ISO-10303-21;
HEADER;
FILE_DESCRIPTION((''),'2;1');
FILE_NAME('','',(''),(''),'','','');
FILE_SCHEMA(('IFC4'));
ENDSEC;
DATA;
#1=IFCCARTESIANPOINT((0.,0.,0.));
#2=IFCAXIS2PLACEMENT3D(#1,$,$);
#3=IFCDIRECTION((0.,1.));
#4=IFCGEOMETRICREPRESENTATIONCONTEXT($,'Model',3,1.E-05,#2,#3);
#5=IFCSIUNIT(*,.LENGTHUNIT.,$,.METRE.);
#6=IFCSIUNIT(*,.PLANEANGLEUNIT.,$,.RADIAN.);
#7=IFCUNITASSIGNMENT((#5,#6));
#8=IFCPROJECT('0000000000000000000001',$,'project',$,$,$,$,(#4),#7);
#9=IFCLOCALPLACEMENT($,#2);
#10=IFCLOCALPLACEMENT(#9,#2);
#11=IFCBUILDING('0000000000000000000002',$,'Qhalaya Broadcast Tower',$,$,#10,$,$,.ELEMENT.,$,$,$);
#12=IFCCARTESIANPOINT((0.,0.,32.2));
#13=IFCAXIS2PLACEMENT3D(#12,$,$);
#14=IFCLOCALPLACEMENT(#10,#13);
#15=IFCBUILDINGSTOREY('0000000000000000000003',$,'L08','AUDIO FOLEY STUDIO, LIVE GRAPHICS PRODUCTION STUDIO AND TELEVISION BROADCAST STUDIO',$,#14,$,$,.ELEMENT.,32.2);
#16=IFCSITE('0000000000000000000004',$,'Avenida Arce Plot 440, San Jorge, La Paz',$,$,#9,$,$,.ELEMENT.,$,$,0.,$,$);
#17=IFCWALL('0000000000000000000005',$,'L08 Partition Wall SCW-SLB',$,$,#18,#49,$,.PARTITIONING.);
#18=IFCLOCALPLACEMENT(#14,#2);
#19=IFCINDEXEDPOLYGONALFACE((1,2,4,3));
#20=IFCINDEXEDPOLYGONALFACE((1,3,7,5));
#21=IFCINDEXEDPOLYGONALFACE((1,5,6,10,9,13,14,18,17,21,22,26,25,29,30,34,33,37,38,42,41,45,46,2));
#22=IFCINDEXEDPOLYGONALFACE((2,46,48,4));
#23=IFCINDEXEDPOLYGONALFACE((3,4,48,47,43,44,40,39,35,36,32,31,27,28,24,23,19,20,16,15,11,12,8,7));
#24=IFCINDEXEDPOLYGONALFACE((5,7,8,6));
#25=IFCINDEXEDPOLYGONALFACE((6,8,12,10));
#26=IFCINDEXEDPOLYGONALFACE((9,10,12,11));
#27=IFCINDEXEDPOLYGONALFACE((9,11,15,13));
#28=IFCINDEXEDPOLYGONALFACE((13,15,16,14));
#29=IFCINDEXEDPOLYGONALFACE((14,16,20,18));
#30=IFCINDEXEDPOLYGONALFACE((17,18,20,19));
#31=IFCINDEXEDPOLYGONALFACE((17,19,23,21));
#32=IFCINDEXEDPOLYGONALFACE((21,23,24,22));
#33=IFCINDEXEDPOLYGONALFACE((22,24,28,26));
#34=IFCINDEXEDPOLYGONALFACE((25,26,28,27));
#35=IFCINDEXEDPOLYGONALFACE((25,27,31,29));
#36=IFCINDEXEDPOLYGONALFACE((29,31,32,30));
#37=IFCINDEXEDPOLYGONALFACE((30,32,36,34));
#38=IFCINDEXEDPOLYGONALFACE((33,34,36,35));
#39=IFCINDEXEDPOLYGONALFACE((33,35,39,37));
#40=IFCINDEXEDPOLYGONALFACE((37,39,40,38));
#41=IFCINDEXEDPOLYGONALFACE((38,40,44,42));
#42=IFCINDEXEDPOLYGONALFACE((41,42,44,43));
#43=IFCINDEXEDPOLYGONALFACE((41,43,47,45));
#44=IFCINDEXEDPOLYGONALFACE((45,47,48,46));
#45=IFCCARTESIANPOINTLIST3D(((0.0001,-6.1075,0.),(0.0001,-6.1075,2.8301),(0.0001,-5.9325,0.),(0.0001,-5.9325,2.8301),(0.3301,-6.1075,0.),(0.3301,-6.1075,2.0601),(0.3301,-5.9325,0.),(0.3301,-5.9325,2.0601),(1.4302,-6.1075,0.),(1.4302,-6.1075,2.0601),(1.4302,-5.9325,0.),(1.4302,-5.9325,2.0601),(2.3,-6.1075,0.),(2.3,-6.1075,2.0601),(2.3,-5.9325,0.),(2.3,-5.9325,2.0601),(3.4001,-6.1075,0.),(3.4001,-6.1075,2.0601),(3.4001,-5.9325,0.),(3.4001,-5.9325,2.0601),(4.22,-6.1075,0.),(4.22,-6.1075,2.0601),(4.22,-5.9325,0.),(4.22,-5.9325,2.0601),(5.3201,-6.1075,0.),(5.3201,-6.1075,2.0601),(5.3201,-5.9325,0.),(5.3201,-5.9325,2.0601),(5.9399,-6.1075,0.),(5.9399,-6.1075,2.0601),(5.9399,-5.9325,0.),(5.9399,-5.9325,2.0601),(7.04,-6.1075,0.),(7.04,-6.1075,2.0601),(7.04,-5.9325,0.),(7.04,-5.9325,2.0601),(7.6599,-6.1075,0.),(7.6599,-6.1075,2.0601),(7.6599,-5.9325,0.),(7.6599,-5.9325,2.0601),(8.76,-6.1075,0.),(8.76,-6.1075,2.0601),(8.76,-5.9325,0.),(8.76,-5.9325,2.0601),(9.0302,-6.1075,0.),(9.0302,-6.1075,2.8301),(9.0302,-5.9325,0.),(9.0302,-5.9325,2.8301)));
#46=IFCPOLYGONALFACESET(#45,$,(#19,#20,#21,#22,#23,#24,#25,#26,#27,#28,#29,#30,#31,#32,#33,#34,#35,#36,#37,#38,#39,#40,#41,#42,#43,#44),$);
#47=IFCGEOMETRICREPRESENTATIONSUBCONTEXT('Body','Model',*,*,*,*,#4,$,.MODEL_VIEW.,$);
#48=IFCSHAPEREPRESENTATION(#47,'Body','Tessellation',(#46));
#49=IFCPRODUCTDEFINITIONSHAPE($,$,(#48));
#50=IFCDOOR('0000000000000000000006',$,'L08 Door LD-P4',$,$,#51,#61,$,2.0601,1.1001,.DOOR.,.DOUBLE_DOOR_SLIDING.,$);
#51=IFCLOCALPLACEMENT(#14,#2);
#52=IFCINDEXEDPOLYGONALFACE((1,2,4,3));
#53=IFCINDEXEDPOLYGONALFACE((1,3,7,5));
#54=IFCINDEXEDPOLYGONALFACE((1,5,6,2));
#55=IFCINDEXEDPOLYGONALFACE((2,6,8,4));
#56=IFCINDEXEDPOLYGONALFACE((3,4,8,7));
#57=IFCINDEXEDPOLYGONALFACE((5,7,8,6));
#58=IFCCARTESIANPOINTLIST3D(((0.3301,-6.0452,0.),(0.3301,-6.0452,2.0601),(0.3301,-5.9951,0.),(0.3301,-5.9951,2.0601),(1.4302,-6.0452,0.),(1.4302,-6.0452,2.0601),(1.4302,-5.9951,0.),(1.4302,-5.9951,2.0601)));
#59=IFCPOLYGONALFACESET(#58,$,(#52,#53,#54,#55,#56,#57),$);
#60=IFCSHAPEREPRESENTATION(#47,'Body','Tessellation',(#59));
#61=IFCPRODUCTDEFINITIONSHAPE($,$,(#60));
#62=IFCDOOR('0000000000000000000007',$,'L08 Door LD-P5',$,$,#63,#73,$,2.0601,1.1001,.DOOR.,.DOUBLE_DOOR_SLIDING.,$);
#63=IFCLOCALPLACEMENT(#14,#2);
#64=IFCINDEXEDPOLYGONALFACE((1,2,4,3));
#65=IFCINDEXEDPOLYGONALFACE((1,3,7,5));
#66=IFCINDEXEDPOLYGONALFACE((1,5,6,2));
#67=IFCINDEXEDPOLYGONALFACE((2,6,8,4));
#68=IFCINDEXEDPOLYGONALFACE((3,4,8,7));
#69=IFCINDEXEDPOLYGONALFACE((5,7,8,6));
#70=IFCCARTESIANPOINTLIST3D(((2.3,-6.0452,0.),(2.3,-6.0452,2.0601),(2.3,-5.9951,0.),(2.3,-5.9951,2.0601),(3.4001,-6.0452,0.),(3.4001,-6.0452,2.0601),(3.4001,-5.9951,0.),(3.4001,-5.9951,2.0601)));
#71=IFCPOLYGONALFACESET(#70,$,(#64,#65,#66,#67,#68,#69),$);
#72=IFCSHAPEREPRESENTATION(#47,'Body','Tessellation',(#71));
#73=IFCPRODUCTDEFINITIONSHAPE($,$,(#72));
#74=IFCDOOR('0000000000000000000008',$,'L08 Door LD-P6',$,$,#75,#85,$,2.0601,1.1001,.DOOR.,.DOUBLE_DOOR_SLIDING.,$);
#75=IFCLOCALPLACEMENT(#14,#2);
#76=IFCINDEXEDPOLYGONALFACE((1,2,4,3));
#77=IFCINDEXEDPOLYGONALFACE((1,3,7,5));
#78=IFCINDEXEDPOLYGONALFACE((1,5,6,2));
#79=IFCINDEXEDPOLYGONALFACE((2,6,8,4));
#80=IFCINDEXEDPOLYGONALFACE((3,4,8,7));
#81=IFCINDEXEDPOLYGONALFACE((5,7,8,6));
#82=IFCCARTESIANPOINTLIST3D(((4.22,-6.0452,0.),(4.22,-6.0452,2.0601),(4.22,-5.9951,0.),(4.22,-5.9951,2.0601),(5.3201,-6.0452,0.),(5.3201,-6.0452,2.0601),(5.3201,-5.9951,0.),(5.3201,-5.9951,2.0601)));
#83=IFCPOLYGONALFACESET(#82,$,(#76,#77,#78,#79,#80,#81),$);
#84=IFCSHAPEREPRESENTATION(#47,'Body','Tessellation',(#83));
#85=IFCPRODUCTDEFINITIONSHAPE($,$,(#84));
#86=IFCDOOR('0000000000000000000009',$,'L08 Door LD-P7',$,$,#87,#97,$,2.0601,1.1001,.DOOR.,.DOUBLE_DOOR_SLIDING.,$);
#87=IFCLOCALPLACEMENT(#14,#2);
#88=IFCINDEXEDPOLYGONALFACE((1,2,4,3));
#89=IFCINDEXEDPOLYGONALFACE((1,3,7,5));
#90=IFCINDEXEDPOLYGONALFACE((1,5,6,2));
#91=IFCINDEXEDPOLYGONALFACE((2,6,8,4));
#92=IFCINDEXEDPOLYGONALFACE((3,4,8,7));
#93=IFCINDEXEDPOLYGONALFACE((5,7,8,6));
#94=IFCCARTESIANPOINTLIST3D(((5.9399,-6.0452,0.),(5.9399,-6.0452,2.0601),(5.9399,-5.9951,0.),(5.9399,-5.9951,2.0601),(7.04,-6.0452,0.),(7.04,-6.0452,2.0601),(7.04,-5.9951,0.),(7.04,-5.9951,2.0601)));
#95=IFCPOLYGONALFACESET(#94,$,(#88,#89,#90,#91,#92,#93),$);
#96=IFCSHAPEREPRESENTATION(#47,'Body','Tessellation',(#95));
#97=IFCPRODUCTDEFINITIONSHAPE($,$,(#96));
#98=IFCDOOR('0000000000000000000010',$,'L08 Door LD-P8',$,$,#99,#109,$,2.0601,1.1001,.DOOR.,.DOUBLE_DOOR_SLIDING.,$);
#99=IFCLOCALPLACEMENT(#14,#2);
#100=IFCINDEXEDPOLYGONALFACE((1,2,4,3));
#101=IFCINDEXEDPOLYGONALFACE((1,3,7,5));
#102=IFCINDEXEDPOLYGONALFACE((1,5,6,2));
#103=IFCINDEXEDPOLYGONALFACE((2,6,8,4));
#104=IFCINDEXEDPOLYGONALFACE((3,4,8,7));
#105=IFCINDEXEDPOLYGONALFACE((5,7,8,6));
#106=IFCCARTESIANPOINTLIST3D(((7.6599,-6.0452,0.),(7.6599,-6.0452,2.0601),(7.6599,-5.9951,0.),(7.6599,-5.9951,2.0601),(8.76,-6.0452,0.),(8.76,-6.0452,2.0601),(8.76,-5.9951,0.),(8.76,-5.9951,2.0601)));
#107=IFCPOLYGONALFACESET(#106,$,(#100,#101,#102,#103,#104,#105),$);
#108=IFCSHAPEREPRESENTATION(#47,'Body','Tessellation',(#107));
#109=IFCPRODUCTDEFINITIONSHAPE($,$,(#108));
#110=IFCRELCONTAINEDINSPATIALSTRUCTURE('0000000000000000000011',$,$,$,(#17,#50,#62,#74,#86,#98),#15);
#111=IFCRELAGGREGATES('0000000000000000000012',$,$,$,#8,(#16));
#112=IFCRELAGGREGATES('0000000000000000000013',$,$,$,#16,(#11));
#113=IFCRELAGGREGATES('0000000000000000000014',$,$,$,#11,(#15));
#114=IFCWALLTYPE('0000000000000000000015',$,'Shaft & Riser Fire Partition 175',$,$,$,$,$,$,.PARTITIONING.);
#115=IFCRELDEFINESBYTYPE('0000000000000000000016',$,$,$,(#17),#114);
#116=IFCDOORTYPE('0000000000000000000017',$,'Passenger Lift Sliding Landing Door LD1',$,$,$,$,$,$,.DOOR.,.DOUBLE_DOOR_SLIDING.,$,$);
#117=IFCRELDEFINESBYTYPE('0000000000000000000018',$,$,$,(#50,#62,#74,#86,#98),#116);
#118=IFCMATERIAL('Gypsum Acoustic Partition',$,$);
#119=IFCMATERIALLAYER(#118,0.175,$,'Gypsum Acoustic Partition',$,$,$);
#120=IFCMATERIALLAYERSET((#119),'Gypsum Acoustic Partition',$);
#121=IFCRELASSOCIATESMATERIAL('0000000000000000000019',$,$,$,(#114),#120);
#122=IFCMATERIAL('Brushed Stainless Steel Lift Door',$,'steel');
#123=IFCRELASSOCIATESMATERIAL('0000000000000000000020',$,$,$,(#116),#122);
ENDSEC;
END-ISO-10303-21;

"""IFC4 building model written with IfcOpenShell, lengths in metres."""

from ifc_helpers import new_model, si_unit, direction, frame, frame_2d, origin, place, context, subcontext, project, spatial, rectangle, extrude, material, layer, layer_set, type_object, element, fill, save


model = new_model("IFC4")

# Units and contexts
model_context = context("Model", 3, precision=1e-05, world=origin(), true_north=direction((0.0, 1.0)))
body_context = subcontext(model_context, "Body", "Model", "MODEL_VIEW")
ifc_project = project(units=[si_unit("LENGTHUNIT", "METRE"), si_unit("PLANEANGLEUNIT", "RADIAN")], contexts=[model_context])

# Site, building, storey
site_placement = place(None, origin())
site = spatial("IfcSite", under=ifc_project, at=site_placement, Name="Avenida Arce Plot 440, San Jorge, La Paz", CompositionType="ELEMENT", RefElevation=0.0)
building_placement = place(site_placement, origin())
building = spatial("IfcBuilding", under=site, at=building_placement, Name="Qhalaya Broadcast Tower", CompositionType="ELEMENT")
storey_placement = place(building_placement, frame((0.0, 0.0, 32.2)))
storey = spatial("IfcBuildingStorey", under=building, at=storey_placement, Name="L08", Description="AUDIO FOLEY STUDIO, LIVE GRAPHICS PRODUCTION STUDIO AND TELEVISION BROADCAST STUDIO", CompositionType="ELEMENT", Elevation=32.2)

# Shared definitions
ifc_material_1 = material(Name="Gypsum Acoustic Partition")

# Wall, openings, doors
ifc_layer_1 = layer(ifc_material_1, 0.175, Name="Gypsum Acoustic Partition")
ifc_layer_set_1 = layer_set([ifc_layer_1], Name="Gypsum Acoustic Partition")
wall_type_1 = type_object("IfcWallType", Name="Shaft & Riser Fire Partition 175", PredefinedType="PARTITIONING", material=ifc_layer_set_1)
wall_1_placement = place(storey_placement, frame((0.0, -6.02, 0.0), z_axis=(0.0, 0.0, 1.0), x_axis=(1.0, 0.0, 0.0)))
wall_1 = element("IfcWall", 1, at=wall_1_placement, inside=storey, type_object=wall_type_1, Name="L08 Partition Wall SCW-SLB", PredefinedType="PARTITIONING", context=body_context, shape_type="SweptSolid", body=[
    extrude(rectangle(XDim=9.03, YDim=0.175, at=frame_2d((4.5151, 0.0))), origin(), (0.0, 0.0, 1.0), 2.8301),
])
opening_1_placement = place(wall_1_placement, frame((0.3301, 0.0, 0.0)))
opening_1 = element("IfcOpeningElement", 2, at=opening_1_placement, cuts=wall_1, PredefinedType="OPENING", context=body_context, shape_type="SweptSolid", body=[
    extrude(rectangle(XDim=1.1001, YDim=2.0601, at=frame_2d((0.55, 1.03))), frame((0.0, 0.0996, 0.0), z_axis=(0.0, -1.0, 0.0), x_axis=(1.0, 0.0, 0.0)), (0.0, 0.0, 1.0), 0.199),
])
opening_2_placement = place(wall_1_placement, frame((2.3, 0.0, 0.0)))
opening_2 = element("IfcOpeningElement", 3, at=opening_2_placement, cuts=wall_1, PredefinedType="OPENING", context=body_context, shape_type="SweptSolid", body=[
    extrude(rectangle(XDim=1.1001, YDim=2.0601, at=frame_2d((0.55, 1.03))), frame((0.0, 0.0996, 0.0), z_axis=(0.0, -1.0, 0.0), x_axis=(1.0, 0.0, 0.0)), (0.0, 0.0, 1.0), 0.199),
])
opening_3_placement = place(wall_1_placement, frame((4.22, 0.0, 0.0)))
opening_3 = element("IfcOpeningElement", 4, at=opening_3_placement, cuts=wall_1, PredefinedType="OPENING", context=body_context, shape_type="SweptSolid", body=[
    extrude(rectangle(XDim=1.1001, YDim=2.0601, at=frame_2d((0.55, 1.03))), frame((0.0, 0.0996, 0.0), z_axis=(0.0, -1.0, 0.0), x_axis=(1.0, 0.0, 0.0)), (0.0, 0.0, 1.0), 0.199),
])
opening_4_placement = place(wall_1_placement, frame((5.9399, 0.0, 0.0)))
opening_4 = element("IfcOpeningElement", 5, at=opening_4_placement, cuts=wall_1, PredefinedType="OPENING", context=body_context, shape_type="SweptSolid", body=[
    extrude(rectangle(XDim=1.1001, YDim=2.0601, at=frame_2d((0.55, 1.03))), frame((0.0, 0.0996, 0.0), z_axis=(0.0, -1.0, 0.0), x_axis=(1.0, 0.0, 0.0)), (0.0, 0.0, 1.0), 0.199),
])
opening_5_placement = place(wall_1_placement, frame((7.6599, 0.0, 0.0)))
opening_5 = element("IfcOpeningElement", 6, at=opening_5_placement, cuts=wall_1, PredefinedType="OPENING", context=body_context, shape_type="SweptSolid", body=[
    extrude(rectangle(XDim=1.1001, YDim=2.0601, at=frame_2d((0.55, 1.03))), frame((0.0, 0.0996, 0.0), z_axis=(0.0, -1.0, 0.0), x_axis=(1.0, 0.0, 0.0)), (0.0, 0.0, 1.0), 0.199),
])
ifc_material_2 = material(Name="Brushed Stainless Steel Lift Door", Category="steel")
door_type_1 = type_object("IfcDoorType", Name="Passenger Lift Sliding Landing Door LD1", OperationType="DOUBLE_DOOR_SLIDING", PredefinedType="DOOR", material=ifc_material_2)
door_1_placement = place(opening_1_placement, origin())
door_1 = element("IfcDoor", 7, at=door_1_placement, inside=storey, type_object=door_type_1, Name="L08 Door LD-P4", OperationType="DOUBLE_DOOR_SLIDING", OverallHeight=2.0601, OverallWidth=1.1001, PredefinedType="DOOR", context=body_context, shape_type="SweptSolid", body=[
    extrude(rectangle(XDim=1.1001, YDim=2.0601, at=frame_2d((0.55, 1.03))), frame((0.0, 0.0249, 0.0), z_axis=(0.0, -1.0, 0.0), x_axis=(1.0, 0.0, 0.0)), (0.0, 0.0, 1.0), 0.05),
])
fill(opening_1, door_1)
door_2_placement = place(opening_2_placement, origin())
door_2 = element("IfcDoor", 8, at=door_2_placement, inside=storey, type_object=door_type_1, Name="L08 Door LD-P5", OperationType="DOUBLE_DOOR_SLIDING", OverallHeight=2.0601, OverallWidth=1.1001, PredefinedType="DOOR", context=body_context, shape_type="SweptSolid", body=[
    extrude(rectangle(XDim=1.1001, YDim=2.0601, at=frame_2d((0.55, 1.03))), frame((0.0, 0.0249, 0.0), z_axis=(0.0, -1.0, 0.0), x_axis=(1.0, 0.0, 0.0)), (0.0, 0.0, 1.0), 0.05),
])
fill(opening_2, door_2)
door_3_placement = place(opening_3_placement, origin())
door_3 = element("IfcDoor", 9, at=door_3_placement, inside=storey, type_object=door_type_1, Name="L08 Door LD-P6", OperationType="DOUBLE_DOOR_SLIDING", OverallHeight=2.0601, OverallWidth=1.1001, PredefinedType="DOOR", context=body_context, shape_type="SweptSolid", body=[
    extrude(rectangle(XDim=1.1001, YDim=2.0601, at=frame_2d((0.55, 1.03))), frame((0.0, 0.0249, 0.0), z_axis=(0.0, -1.0, 0.0), x_axis=(1.0, 0.0, 0.0)), (0.0, 0.0, 1.0), 0.05),
])
fill(opening_3, door_3)
door_4_placement = place(opening_4_placement, origin())
door_4 = element("IfcDoor", 10, at=door_4_placement, inside=storey, type_object=door_type_1, Name="L08 Door LD-P7", OperationType="DOUBLE_DOOR_SLIDING", OverallHeight=2.0601, OverallWidth=1.1001, PredefinedType="DOOR", context=body_context, shape_type="SweptSolid", body=[
    extrude(rectangle(XDim=1.1001, YDim=2.0601, at=frame_2d((0.55, 1.03))), frame((0.0, 0.0249, 0.0), z_axis=(0.0, -1.0, 0.0), x_axis=(1.0, 0.0, 0.0)), (0.0, 0.0, 1.0), 0.05),
])
fill(opening_4, door_4)
door_5_placement = place(opening_5_placement, origin())
door_5 = element("IfcDoor", 11, at=door_5_placement, inside=storey, type_object=door_type_1, Name="L08 Door LD-P8", OperationType="DOUBLE_DOOR_SLIDING", OverallHeight=2.0601, OverallWidth=1.1001, PredefinedType="DOOR", context=body_context, shape_type="SweptSolid", body=[
    extrude(rectangle(XDim=1.1001, YDim=2.0601, at=frame_2d((0.55, 1.03))), frame((0.0, 0.0249, 0.0), z_axis=(0.0, -1.0, 0.0), x_axis=(1.0, 0.0, 0.0)), (0.0, 0.0, 1.0), 0.05),
])
fill(opening_5, door_5)

save(model, "model.ifc")
